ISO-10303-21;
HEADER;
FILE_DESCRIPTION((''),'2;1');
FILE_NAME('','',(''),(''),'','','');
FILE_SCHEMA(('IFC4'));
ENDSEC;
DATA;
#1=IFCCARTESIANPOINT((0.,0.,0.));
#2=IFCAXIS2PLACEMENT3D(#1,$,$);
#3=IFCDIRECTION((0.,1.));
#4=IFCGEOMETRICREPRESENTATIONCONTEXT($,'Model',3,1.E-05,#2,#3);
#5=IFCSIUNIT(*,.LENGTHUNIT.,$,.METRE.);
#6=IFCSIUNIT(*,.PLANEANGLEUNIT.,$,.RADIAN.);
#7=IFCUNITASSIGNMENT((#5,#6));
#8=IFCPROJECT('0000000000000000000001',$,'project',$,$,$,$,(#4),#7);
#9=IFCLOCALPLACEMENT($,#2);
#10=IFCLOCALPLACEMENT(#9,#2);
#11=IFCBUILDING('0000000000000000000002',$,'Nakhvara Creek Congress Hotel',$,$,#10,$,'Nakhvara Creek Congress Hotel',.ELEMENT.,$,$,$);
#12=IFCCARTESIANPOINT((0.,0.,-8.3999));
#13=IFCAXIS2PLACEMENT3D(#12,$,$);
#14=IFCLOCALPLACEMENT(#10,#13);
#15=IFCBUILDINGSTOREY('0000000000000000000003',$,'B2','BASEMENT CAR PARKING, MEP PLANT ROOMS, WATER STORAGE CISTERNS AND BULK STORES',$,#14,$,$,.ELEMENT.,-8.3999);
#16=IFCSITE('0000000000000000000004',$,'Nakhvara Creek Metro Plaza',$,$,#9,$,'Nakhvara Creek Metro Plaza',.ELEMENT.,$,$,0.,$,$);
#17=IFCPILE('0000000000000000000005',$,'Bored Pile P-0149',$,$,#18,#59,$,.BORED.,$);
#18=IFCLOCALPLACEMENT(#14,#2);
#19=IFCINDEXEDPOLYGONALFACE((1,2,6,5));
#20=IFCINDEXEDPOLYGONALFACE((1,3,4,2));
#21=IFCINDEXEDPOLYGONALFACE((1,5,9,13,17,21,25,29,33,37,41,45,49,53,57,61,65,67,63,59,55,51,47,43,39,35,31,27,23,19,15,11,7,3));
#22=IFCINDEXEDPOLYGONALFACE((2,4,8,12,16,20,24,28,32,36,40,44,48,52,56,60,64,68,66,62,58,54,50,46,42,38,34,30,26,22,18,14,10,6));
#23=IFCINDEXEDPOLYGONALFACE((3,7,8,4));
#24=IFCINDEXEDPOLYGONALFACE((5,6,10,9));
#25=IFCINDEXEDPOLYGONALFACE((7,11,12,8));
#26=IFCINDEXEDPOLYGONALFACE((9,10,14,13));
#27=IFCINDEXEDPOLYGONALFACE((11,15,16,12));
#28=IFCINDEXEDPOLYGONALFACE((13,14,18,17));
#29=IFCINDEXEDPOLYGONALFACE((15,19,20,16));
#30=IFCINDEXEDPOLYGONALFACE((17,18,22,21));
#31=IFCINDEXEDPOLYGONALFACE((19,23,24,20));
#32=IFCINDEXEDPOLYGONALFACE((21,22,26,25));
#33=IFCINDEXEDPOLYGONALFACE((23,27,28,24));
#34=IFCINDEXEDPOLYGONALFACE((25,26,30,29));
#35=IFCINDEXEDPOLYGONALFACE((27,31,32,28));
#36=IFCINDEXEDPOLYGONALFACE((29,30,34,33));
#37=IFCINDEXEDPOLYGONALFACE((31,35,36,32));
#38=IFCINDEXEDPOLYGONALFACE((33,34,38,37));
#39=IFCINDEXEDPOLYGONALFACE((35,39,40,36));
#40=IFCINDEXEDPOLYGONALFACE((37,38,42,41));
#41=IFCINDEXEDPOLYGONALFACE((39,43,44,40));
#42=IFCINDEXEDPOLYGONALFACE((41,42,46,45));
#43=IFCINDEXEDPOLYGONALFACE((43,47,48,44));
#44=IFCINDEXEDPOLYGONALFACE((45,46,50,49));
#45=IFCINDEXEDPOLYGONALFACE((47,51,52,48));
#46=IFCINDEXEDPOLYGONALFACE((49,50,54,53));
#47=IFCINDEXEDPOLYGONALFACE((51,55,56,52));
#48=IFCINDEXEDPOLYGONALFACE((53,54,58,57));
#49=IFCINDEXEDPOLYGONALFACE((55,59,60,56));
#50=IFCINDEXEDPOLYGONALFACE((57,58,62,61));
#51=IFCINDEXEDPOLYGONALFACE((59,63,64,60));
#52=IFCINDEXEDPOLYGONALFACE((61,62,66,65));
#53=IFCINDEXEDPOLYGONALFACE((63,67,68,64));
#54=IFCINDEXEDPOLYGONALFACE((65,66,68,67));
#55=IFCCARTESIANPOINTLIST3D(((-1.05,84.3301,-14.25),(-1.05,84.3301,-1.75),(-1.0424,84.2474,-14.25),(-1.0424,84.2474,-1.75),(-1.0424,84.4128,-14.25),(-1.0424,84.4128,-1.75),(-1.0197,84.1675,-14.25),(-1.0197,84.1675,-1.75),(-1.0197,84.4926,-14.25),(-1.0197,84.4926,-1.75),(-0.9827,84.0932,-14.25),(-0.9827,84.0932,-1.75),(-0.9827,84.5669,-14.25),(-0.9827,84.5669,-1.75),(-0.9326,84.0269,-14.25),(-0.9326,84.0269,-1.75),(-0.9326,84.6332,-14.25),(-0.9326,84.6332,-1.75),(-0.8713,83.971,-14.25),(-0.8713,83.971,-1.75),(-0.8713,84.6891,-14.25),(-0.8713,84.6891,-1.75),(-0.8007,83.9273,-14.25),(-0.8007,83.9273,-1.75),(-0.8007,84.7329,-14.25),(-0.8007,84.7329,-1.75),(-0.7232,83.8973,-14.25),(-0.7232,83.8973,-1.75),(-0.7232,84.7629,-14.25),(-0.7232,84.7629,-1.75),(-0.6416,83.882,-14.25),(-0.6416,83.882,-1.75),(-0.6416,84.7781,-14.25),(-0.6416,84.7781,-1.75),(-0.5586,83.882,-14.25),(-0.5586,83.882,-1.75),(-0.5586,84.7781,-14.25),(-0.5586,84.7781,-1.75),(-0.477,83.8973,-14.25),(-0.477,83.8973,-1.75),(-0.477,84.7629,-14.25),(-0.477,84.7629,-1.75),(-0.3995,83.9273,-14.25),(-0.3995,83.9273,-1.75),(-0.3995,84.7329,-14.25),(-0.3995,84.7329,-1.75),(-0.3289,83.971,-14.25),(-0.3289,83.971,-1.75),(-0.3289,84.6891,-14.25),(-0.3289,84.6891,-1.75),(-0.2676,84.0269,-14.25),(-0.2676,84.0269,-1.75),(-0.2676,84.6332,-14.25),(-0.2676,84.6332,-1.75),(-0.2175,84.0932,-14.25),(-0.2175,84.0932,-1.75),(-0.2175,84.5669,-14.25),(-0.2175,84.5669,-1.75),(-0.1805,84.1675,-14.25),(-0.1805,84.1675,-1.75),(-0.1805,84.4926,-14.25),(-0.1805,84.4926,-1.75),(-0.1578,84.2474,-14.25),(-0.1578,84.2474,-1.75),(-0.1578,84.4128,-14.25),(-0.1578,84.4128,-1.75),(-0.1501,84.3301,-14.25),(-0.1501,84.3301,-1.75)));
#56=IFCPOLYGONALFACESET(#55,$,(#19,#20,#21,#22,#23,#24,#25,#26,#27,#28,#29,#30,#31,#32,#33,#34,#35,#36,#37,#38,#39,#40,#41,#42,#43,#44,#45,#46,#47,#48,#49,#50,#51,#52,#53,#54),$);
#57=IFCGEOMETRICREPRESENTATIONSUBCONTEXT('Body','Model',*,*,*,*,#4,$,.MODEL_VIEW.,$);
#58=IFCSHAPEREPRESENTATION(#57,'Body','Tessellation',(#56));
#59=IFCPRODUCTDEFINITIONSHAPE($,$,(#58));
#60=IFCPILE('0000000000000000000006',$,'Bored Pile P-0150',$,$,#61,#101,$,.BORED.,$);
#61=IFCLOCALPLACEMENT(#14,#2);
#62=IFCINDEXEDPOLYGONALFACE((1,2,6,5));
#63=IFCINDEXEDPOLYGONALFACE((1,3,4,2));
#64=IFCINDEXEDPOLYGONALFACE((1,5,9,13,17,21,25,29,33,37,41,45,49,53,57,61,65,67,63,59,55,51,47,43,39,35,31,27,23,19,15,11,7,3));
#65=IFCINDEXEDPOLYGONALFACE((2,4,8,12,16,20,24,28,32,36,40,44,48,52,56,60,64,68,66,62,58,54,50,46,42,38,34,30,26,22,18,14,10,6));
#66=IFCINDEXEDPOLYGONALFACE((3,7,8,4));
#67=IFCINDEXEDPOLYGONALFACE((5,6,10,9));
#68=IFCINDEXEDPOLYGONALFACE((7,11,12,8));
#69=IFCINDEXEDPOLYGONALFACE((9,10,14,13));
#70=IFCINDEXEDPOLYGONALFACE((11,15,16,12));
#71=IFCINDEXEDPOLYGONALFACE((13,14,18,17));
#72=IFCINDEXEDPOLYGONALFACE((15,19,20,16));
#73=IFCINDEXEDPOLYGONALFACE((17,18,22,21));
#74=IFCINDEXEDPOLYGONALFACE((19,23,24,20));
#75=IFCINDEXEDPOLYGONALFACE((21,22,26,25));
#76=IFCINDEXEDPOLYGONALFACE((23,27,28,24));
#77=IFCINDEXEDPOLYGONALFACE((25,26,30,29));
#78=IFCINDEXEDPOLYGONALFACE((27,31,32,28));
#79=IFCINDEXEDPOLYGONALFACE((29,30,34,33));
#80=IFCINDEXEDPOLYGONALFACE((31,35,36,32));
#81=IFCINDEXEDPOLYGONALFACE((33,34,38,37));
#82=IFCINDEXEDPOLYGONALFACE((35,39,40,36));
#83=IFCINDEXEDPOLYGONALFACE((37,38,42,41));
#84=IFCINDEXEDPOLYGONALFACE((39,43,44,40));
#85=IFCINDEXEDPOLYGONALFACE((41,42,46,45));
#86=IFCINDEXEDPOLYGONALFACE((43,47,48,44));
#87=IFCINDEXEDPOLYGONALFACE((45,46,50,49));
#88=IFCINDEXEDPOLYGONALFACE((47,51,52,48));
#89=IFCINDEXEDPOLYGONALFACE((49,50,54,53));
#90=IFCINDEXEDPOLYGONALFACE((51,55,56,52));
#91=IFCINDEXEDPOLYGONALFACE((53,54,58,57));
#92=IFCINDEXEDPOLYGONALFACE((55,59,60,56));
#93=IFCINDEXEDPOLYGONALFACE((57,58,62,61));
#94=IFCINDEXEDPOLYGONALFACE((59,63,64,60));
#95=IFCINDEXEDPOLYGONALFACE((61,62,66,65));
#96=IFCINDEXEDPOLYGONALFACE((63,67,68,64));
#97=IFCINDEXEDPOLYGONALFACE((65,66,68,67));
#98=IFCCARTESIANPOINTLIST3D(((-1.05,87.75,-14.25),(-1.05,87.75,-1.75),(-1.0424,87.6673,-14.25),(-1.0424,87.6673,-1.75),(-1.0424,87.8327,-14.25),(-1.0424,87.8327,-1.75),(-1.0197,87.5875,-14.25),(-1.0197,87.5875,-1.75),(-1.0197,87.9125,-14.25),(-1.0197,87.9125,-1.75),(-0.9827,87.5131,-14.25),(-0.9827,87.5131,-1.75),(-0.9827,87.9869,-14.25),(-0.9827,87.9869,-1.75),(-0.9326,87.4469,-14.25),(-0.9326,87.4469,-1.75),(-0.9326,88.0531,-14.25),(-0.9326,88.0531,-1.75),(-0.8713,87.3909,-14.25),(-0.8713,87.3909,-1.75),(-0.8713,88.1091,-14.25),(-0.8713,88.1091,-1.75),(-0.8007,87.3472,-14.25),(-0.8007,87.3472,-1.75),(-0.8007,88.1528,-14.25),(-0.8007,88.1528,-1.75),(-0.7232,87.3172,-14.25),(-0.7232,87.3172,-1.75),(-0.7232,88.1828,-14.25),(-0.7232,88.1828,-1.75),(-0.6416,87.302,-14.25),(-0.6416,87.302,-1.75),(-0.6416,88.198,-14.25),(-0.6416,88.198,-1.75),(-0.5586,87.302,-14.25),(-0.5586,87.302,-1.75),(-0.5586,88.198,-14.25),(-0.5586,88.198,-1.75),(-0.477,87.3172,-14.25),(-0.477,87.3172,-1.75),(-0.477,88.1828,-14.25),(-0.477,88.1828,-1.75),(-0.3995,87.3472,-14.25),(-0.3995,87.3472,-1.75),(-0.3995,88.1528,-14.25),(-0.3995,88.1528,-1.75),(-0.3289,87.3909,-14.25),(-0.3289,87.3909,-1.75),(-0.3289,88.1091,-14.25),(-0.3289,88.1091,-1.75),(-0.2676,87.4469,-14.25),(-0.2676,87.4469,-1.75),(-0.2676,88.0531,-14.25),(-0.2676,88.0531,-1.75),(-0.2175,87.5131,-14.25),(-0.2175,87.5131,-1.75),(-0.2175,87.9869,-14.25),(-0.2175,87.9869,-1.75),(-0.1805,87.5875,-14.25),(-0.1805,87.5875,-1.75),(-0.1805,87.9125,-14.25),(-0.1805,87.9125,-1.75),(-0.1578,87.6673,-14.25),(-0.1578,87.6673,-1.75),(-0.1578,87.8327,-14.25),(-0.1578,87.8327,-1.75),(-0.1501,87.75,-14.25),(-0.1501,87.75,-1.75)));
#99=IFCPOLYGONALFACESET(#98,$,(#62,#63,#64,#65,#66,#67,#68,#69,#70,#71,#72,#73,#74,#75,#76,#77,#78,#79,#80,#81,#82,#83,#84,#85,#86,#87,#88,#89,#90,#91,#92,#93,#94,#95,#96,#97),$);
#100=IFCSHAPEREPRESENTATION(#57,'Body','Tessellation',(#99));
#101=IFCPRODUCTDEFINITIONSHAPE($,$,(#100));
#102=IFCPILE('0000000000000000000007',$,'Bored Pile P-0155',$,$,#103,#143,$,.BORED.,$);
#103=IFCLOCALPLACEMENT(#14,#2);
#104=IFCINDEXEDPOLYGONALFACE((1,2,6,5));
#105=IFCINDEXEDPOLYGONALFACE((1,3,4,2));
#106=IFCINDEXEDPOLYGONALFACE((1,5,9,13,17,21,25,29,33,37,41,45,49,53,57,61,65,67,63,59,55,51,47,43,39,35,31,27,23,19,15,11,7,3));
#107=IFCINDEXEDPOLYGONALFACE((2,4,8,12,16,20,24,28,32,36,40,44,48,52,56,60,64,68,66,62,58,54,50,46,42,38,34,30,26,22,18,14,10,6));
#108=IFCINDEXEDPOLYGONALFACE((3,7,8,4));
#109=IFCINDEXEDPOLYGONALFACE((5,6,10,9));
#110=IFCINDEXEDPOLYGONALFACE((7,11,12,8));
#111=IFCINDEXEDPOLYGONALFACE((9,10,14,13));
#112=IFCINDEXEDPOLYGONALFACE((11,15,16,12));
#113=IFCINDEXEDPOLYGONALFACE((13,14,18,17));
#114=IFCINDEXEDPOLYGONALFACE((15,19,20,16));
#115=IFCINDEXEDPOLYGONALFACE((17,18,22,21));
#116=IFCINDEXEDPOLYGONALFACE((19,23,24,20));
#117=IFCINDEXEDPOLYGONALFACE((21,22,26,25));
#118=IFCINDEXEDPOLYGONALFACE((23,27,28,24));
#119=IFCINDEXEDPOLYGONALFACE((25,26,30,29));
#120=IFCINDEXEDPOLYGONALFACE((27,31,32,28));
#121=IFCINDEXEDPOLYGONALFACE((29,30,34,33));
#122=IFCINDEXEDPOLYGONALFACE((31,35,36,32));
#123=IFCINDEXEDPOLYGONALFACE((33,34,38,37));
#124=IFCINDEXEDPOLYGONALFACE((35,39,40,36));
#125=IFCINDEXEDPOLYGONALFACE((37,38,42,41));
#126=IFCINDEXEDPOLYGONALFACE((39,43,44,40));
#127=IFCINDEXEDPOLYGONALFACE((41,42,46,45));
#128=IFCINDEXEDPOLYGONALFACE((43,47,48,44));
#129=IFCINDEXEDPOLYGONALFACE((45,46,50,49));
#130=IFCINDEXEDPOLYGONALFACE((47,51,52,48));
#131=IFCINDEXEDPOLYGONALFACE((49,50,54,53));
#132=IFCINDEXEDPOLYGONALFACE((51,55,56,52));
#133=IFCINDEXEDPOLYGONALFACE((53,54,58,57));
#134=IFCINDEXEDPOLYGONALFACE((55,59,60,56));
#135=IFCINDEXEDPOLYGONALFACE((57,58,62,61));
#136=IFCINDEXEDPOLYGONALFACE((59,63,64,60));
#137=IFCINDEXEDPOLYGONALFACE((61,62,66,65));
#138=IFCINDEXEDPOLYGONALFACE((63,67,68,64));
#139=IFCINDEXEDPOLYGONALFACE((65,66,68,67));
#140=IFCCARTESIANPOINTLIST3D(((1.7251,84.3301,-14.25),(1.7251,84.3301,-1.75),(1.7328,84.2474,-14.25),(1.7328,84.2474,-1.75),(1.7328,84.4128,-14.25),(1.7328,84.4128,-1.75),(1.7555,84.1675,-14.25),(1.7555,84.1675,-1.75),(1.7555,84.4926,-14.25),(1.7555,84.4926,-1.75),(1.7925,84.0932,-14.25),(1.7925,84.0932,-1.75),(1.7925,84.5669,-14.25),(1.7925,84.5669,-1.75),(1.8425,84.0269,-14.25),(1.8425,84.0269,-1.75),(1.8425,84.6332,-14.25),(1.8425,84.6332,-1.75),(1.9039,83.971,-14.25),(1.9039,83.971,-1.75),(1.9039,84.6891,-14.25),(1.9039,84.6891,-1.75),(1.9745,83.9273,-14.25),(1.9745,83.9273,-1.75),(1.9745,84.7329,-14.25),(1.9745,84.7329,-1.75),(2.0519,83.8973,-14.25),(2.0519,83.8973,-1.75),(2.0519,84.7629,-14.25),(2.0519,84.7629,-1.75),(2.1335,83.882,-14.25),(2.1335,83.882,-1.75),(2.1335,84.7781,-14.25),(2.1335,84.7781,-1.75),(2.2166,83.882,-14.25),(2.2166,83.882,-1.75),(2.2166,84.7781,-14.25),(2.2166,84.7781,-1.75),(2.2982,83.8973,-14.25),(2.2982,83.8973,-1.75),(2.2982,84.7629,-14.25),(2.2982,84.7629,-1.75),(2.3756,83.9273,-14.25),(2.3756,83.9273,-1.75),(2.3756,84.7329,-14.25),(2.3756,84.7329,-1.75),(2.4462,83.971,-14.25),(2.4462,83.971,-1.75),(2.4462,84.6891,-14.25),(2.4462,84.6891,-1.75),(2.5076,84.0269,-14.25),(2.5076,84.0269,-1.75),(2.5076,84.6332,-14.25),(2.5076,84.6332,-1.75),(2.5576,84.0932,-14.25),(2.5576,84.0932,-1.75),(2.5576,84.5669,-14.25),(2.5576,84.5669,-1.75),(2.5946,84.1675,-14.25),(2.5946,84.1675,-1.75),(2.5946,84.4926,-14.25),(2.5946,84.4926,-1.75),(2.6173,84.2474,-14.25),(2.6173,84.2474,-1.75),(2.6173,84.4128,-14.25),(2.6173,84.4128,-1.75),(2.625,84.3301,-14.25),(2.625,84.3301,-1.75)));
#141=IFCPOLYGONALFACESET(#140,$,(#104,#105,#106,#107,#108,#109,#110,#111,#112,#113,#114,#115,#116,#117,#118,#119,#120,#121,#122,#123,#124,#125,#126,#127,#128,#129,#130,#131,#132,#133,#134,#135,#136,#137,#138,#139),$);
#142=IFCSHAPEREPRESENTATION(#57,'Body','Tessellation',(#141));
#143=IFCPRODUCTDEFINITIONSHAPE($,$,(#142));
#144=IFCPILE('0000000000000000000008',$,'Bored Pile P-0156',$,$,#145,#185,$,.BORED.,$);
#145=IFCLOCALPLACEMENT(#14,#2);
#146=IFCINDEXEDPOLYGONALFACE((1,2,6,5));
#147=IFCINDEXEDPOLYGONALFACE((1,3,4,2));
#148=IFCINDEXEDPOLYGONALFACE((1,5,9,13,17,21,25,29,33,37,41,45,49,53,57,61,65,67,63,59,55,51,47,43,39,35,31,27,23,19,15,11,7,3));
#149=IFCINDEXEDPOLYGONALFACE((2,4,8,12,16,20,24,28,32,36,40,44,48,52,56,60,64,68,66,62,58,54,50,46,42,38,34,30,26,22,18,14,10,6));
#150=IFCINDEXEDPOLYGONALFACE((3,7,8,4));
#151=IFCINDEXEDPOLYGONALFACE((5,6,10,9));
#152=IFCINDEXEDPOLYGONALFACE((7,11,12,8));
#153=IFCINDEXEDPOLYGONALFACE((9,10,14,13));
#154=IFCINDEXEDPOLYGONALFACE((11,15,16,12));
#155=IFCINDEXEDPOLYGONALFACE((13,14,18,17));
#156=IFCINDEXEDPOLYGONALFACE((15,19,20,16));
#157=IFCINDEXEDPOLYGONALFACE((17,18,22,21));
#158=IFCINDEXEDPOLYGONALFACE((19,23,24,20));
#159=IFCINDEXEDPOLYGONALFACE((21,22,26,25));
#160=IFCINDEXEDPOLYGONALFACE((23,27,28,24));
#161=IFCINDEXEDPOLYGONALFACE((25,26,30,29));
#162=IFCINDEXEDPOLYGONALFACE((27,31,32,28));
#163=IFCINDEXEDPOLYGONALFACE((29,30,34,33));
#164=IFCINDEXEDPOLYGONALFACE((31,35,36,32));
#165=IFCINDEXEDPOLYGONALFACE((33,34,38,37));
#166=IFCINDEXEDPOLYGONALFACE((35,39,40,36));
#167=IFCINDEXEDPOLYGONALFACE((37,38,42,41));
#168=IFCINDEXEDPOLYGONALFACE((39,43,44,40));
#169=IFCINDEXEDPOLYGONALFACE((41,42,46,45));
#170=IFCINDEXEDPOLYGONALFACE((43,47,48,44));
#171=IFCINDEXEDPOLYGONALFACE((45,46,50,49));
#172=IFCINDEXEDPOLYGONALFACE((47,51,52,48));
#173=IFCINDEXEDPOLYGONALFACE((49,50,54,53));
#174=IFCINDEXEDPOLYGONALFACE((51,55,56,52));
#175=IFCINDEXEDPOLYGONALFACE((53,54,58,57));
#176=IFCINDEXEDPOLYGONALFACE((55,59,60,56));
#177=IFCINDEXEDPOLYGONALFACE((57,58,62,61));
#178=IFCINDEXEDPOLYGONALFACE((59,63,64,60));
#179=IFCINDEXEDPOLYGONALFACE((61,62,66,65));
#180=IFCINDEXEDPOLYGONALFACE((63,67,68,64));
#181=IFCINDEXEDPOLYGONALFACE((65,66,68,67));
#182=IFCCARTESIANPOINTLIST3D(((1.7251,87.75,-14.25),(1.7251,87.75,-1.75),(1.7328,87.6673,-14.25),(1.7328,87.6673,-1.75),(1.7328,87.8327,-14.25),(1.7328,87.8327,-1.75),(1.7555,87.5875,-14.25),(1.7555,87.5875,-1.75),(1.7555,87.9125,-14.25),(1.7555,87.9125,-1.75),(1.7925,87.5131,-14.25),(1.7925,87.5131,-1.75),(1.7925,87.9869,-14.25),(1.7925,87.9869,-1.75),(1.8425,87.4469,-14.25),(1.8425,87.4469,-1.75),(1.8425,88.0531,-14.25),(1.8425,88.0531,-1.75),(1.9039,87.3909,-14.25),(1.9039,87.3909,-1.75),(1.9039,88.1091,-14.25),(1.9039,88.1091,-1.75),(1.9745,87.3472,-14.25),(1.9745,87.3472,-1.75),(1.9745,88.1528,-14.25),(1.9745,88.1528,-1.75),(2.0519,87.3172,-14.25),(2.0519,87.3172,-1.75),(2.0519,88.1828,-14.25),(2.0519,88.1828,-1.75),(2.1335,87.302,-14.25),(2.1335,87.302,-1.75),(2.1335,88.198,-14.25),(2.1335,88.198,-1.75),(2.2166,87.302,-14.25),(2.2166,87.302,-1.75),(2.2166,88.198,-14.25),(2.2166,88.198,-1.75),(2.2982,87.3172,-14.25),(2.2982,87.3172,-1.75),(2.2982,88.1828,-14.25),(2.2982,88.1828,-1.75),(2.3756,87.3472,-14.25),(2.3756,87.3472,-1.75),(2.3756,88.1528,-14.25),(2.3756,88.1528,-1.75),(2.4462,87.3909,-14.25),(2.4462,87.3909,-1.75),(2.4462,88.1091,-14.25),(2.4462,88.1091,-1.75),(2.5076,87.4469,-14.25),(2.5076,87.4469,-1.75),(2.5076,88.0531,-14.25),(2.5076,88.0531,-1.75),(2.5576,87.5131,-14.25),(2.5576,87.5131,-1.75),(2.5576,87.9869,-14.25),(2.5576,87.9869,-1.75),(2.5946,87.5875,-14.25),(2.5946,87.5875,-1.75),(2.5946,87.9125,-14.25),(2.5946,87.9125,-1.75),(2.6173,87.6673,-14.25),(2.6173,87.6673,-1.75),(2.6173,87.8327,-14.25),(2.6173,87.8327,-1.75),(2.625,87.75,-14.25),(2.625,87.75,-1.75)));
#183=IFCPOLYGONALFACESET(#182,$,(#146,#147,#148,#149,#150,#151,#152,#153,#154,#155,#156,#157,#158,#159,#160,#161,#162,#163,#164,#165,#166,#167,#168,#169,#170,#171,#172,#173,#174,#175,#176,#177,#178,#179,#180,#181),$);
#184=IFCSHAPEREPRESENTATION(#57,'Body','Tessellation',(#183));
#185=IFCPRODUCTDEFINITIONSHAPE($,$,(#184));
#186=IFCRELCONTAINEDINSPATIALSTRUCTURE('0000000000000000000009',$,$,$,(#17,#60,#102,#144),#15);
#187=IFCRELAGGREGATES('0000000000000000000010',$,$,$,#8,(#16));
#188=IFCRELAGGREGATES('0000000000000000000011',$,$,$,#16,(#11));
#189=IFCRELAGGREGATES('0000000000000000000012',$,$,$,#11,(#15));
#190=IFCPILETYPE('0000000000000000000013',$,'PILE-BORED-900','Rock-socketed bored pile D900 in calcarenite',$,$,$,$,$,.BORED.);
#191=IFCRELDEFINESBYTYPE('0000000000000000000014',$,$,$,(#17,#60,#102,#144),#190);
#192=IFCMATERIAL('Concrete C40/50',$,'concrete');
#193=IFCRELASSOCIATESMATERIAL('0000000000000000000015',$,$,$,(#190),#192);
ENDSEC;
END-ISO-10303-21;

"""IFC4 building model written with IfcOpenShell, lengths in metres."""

from ifc_helpers import new_model, si_unit, direction, frame, origin, origin_2d, place, context, subcontext, project, spatial, circle, extrude, material, material_profile, profile_set, type_object, element, save


model = new_model("IFC4")

# Units and contexts
model_context = context("Model", 3, precision=1e-05, world=origin(), true_north=direction((0.0, 1.0)))
body_context = subcontext(model_context, "Body", "Model", "MODEL_VIEW")
ifc_project = project(units=[si_unit("LENGTHUNIT", "METRE"), si_unit("PLANEANGLEUNIT", "RADIAN")], contexts=[model_context])

# Site, building, storey
site_placement = place(None, origin())
site = spatial("IfcSite", under=ifc_project, at=site_placement, Name="Nakhvara Creek Metro Plaza", LongName="Nakhvara Creek Metro Plaza", CompositionType="ELEMENT", RefElevation=0.0)
building_placement = place(site_placement, origin())
building = spatial("IfcBuilding", under=site, at=building_placement, Name="Nakhvara Creek Congress Hotel", LongName="Nakhvara Creek Congress Hotel", CompositionType="ELEMENT")
storey_placement = place(building_placement, frame((0.0, 0.0, -8.3999)))
storey = spatial("IfcBuildingStorey", under=building, at=storey_placement, Name="B2", Description="BASEMENT CAR PARKING, MEP PLANT ROOMS, WATER STORAGE CISTERNS AND BULK STORES", CompositionType="ELEMENT", Elevation=-8.3999)

# Piles
ifc_material_1 = material(Name="Concrete C40/50", Category="concrete")
ifc_material_profile_1 = material_profile(ifc_material_1, circle(Radius=0.45, at=origin_2d()), Name="BORED PILE D900", Category="LoadBearing")
ifc_profile_set_1 = profile_set([ifc_material_profile_1], Name="Concrete C40/50")
pile_type = type_object("IfcPileType", Name="PILE-BORED-900", Description="Rock-socketed bored pile D900 in calcarenite", PredefinedType="BORED", material=ifc_profile_set_1)
for number, where, z_axis, x_axis, name in (
    (1, (-0.6001, 84.3301, -1.75), (0.0, 0.0, -1.0), (1.0, 0.0, 0.0), "Bored Pile P-0149"),
    (2, (-0.6001, 87.75, -1.75), (0.0, 0.0, -1.0), (1.0, 0.0, 0.0), "Bored Pile P-0150"),
    (3, (2.175, 84.3301, -1.75), (0.0, 0.0, -1.0), (1.0, 0.0, 0.0), "Bored Pile P-0155"),
    (4, (2.175, 87.75, -1.75), (0.0, 0.0, -1.0), (1.0, 0.0, 0.0), "Bored Pile P-0156"),
):
    element("IfcPile", number, at=place(storey_placement, frame(where, z_axis=z_axis, x_axis=x_axis)), inside=storey, type_object=pile_type, Name=name, PredefinedType="BORED", context=body_context, shape_type="SweptSolid", body=[
        extrude(circle(Radius=0.45, at=origin_2d()), origin(), (0.0, 0.0, 1.0), 12.5),
    ])

save(model, "model.ifc")
